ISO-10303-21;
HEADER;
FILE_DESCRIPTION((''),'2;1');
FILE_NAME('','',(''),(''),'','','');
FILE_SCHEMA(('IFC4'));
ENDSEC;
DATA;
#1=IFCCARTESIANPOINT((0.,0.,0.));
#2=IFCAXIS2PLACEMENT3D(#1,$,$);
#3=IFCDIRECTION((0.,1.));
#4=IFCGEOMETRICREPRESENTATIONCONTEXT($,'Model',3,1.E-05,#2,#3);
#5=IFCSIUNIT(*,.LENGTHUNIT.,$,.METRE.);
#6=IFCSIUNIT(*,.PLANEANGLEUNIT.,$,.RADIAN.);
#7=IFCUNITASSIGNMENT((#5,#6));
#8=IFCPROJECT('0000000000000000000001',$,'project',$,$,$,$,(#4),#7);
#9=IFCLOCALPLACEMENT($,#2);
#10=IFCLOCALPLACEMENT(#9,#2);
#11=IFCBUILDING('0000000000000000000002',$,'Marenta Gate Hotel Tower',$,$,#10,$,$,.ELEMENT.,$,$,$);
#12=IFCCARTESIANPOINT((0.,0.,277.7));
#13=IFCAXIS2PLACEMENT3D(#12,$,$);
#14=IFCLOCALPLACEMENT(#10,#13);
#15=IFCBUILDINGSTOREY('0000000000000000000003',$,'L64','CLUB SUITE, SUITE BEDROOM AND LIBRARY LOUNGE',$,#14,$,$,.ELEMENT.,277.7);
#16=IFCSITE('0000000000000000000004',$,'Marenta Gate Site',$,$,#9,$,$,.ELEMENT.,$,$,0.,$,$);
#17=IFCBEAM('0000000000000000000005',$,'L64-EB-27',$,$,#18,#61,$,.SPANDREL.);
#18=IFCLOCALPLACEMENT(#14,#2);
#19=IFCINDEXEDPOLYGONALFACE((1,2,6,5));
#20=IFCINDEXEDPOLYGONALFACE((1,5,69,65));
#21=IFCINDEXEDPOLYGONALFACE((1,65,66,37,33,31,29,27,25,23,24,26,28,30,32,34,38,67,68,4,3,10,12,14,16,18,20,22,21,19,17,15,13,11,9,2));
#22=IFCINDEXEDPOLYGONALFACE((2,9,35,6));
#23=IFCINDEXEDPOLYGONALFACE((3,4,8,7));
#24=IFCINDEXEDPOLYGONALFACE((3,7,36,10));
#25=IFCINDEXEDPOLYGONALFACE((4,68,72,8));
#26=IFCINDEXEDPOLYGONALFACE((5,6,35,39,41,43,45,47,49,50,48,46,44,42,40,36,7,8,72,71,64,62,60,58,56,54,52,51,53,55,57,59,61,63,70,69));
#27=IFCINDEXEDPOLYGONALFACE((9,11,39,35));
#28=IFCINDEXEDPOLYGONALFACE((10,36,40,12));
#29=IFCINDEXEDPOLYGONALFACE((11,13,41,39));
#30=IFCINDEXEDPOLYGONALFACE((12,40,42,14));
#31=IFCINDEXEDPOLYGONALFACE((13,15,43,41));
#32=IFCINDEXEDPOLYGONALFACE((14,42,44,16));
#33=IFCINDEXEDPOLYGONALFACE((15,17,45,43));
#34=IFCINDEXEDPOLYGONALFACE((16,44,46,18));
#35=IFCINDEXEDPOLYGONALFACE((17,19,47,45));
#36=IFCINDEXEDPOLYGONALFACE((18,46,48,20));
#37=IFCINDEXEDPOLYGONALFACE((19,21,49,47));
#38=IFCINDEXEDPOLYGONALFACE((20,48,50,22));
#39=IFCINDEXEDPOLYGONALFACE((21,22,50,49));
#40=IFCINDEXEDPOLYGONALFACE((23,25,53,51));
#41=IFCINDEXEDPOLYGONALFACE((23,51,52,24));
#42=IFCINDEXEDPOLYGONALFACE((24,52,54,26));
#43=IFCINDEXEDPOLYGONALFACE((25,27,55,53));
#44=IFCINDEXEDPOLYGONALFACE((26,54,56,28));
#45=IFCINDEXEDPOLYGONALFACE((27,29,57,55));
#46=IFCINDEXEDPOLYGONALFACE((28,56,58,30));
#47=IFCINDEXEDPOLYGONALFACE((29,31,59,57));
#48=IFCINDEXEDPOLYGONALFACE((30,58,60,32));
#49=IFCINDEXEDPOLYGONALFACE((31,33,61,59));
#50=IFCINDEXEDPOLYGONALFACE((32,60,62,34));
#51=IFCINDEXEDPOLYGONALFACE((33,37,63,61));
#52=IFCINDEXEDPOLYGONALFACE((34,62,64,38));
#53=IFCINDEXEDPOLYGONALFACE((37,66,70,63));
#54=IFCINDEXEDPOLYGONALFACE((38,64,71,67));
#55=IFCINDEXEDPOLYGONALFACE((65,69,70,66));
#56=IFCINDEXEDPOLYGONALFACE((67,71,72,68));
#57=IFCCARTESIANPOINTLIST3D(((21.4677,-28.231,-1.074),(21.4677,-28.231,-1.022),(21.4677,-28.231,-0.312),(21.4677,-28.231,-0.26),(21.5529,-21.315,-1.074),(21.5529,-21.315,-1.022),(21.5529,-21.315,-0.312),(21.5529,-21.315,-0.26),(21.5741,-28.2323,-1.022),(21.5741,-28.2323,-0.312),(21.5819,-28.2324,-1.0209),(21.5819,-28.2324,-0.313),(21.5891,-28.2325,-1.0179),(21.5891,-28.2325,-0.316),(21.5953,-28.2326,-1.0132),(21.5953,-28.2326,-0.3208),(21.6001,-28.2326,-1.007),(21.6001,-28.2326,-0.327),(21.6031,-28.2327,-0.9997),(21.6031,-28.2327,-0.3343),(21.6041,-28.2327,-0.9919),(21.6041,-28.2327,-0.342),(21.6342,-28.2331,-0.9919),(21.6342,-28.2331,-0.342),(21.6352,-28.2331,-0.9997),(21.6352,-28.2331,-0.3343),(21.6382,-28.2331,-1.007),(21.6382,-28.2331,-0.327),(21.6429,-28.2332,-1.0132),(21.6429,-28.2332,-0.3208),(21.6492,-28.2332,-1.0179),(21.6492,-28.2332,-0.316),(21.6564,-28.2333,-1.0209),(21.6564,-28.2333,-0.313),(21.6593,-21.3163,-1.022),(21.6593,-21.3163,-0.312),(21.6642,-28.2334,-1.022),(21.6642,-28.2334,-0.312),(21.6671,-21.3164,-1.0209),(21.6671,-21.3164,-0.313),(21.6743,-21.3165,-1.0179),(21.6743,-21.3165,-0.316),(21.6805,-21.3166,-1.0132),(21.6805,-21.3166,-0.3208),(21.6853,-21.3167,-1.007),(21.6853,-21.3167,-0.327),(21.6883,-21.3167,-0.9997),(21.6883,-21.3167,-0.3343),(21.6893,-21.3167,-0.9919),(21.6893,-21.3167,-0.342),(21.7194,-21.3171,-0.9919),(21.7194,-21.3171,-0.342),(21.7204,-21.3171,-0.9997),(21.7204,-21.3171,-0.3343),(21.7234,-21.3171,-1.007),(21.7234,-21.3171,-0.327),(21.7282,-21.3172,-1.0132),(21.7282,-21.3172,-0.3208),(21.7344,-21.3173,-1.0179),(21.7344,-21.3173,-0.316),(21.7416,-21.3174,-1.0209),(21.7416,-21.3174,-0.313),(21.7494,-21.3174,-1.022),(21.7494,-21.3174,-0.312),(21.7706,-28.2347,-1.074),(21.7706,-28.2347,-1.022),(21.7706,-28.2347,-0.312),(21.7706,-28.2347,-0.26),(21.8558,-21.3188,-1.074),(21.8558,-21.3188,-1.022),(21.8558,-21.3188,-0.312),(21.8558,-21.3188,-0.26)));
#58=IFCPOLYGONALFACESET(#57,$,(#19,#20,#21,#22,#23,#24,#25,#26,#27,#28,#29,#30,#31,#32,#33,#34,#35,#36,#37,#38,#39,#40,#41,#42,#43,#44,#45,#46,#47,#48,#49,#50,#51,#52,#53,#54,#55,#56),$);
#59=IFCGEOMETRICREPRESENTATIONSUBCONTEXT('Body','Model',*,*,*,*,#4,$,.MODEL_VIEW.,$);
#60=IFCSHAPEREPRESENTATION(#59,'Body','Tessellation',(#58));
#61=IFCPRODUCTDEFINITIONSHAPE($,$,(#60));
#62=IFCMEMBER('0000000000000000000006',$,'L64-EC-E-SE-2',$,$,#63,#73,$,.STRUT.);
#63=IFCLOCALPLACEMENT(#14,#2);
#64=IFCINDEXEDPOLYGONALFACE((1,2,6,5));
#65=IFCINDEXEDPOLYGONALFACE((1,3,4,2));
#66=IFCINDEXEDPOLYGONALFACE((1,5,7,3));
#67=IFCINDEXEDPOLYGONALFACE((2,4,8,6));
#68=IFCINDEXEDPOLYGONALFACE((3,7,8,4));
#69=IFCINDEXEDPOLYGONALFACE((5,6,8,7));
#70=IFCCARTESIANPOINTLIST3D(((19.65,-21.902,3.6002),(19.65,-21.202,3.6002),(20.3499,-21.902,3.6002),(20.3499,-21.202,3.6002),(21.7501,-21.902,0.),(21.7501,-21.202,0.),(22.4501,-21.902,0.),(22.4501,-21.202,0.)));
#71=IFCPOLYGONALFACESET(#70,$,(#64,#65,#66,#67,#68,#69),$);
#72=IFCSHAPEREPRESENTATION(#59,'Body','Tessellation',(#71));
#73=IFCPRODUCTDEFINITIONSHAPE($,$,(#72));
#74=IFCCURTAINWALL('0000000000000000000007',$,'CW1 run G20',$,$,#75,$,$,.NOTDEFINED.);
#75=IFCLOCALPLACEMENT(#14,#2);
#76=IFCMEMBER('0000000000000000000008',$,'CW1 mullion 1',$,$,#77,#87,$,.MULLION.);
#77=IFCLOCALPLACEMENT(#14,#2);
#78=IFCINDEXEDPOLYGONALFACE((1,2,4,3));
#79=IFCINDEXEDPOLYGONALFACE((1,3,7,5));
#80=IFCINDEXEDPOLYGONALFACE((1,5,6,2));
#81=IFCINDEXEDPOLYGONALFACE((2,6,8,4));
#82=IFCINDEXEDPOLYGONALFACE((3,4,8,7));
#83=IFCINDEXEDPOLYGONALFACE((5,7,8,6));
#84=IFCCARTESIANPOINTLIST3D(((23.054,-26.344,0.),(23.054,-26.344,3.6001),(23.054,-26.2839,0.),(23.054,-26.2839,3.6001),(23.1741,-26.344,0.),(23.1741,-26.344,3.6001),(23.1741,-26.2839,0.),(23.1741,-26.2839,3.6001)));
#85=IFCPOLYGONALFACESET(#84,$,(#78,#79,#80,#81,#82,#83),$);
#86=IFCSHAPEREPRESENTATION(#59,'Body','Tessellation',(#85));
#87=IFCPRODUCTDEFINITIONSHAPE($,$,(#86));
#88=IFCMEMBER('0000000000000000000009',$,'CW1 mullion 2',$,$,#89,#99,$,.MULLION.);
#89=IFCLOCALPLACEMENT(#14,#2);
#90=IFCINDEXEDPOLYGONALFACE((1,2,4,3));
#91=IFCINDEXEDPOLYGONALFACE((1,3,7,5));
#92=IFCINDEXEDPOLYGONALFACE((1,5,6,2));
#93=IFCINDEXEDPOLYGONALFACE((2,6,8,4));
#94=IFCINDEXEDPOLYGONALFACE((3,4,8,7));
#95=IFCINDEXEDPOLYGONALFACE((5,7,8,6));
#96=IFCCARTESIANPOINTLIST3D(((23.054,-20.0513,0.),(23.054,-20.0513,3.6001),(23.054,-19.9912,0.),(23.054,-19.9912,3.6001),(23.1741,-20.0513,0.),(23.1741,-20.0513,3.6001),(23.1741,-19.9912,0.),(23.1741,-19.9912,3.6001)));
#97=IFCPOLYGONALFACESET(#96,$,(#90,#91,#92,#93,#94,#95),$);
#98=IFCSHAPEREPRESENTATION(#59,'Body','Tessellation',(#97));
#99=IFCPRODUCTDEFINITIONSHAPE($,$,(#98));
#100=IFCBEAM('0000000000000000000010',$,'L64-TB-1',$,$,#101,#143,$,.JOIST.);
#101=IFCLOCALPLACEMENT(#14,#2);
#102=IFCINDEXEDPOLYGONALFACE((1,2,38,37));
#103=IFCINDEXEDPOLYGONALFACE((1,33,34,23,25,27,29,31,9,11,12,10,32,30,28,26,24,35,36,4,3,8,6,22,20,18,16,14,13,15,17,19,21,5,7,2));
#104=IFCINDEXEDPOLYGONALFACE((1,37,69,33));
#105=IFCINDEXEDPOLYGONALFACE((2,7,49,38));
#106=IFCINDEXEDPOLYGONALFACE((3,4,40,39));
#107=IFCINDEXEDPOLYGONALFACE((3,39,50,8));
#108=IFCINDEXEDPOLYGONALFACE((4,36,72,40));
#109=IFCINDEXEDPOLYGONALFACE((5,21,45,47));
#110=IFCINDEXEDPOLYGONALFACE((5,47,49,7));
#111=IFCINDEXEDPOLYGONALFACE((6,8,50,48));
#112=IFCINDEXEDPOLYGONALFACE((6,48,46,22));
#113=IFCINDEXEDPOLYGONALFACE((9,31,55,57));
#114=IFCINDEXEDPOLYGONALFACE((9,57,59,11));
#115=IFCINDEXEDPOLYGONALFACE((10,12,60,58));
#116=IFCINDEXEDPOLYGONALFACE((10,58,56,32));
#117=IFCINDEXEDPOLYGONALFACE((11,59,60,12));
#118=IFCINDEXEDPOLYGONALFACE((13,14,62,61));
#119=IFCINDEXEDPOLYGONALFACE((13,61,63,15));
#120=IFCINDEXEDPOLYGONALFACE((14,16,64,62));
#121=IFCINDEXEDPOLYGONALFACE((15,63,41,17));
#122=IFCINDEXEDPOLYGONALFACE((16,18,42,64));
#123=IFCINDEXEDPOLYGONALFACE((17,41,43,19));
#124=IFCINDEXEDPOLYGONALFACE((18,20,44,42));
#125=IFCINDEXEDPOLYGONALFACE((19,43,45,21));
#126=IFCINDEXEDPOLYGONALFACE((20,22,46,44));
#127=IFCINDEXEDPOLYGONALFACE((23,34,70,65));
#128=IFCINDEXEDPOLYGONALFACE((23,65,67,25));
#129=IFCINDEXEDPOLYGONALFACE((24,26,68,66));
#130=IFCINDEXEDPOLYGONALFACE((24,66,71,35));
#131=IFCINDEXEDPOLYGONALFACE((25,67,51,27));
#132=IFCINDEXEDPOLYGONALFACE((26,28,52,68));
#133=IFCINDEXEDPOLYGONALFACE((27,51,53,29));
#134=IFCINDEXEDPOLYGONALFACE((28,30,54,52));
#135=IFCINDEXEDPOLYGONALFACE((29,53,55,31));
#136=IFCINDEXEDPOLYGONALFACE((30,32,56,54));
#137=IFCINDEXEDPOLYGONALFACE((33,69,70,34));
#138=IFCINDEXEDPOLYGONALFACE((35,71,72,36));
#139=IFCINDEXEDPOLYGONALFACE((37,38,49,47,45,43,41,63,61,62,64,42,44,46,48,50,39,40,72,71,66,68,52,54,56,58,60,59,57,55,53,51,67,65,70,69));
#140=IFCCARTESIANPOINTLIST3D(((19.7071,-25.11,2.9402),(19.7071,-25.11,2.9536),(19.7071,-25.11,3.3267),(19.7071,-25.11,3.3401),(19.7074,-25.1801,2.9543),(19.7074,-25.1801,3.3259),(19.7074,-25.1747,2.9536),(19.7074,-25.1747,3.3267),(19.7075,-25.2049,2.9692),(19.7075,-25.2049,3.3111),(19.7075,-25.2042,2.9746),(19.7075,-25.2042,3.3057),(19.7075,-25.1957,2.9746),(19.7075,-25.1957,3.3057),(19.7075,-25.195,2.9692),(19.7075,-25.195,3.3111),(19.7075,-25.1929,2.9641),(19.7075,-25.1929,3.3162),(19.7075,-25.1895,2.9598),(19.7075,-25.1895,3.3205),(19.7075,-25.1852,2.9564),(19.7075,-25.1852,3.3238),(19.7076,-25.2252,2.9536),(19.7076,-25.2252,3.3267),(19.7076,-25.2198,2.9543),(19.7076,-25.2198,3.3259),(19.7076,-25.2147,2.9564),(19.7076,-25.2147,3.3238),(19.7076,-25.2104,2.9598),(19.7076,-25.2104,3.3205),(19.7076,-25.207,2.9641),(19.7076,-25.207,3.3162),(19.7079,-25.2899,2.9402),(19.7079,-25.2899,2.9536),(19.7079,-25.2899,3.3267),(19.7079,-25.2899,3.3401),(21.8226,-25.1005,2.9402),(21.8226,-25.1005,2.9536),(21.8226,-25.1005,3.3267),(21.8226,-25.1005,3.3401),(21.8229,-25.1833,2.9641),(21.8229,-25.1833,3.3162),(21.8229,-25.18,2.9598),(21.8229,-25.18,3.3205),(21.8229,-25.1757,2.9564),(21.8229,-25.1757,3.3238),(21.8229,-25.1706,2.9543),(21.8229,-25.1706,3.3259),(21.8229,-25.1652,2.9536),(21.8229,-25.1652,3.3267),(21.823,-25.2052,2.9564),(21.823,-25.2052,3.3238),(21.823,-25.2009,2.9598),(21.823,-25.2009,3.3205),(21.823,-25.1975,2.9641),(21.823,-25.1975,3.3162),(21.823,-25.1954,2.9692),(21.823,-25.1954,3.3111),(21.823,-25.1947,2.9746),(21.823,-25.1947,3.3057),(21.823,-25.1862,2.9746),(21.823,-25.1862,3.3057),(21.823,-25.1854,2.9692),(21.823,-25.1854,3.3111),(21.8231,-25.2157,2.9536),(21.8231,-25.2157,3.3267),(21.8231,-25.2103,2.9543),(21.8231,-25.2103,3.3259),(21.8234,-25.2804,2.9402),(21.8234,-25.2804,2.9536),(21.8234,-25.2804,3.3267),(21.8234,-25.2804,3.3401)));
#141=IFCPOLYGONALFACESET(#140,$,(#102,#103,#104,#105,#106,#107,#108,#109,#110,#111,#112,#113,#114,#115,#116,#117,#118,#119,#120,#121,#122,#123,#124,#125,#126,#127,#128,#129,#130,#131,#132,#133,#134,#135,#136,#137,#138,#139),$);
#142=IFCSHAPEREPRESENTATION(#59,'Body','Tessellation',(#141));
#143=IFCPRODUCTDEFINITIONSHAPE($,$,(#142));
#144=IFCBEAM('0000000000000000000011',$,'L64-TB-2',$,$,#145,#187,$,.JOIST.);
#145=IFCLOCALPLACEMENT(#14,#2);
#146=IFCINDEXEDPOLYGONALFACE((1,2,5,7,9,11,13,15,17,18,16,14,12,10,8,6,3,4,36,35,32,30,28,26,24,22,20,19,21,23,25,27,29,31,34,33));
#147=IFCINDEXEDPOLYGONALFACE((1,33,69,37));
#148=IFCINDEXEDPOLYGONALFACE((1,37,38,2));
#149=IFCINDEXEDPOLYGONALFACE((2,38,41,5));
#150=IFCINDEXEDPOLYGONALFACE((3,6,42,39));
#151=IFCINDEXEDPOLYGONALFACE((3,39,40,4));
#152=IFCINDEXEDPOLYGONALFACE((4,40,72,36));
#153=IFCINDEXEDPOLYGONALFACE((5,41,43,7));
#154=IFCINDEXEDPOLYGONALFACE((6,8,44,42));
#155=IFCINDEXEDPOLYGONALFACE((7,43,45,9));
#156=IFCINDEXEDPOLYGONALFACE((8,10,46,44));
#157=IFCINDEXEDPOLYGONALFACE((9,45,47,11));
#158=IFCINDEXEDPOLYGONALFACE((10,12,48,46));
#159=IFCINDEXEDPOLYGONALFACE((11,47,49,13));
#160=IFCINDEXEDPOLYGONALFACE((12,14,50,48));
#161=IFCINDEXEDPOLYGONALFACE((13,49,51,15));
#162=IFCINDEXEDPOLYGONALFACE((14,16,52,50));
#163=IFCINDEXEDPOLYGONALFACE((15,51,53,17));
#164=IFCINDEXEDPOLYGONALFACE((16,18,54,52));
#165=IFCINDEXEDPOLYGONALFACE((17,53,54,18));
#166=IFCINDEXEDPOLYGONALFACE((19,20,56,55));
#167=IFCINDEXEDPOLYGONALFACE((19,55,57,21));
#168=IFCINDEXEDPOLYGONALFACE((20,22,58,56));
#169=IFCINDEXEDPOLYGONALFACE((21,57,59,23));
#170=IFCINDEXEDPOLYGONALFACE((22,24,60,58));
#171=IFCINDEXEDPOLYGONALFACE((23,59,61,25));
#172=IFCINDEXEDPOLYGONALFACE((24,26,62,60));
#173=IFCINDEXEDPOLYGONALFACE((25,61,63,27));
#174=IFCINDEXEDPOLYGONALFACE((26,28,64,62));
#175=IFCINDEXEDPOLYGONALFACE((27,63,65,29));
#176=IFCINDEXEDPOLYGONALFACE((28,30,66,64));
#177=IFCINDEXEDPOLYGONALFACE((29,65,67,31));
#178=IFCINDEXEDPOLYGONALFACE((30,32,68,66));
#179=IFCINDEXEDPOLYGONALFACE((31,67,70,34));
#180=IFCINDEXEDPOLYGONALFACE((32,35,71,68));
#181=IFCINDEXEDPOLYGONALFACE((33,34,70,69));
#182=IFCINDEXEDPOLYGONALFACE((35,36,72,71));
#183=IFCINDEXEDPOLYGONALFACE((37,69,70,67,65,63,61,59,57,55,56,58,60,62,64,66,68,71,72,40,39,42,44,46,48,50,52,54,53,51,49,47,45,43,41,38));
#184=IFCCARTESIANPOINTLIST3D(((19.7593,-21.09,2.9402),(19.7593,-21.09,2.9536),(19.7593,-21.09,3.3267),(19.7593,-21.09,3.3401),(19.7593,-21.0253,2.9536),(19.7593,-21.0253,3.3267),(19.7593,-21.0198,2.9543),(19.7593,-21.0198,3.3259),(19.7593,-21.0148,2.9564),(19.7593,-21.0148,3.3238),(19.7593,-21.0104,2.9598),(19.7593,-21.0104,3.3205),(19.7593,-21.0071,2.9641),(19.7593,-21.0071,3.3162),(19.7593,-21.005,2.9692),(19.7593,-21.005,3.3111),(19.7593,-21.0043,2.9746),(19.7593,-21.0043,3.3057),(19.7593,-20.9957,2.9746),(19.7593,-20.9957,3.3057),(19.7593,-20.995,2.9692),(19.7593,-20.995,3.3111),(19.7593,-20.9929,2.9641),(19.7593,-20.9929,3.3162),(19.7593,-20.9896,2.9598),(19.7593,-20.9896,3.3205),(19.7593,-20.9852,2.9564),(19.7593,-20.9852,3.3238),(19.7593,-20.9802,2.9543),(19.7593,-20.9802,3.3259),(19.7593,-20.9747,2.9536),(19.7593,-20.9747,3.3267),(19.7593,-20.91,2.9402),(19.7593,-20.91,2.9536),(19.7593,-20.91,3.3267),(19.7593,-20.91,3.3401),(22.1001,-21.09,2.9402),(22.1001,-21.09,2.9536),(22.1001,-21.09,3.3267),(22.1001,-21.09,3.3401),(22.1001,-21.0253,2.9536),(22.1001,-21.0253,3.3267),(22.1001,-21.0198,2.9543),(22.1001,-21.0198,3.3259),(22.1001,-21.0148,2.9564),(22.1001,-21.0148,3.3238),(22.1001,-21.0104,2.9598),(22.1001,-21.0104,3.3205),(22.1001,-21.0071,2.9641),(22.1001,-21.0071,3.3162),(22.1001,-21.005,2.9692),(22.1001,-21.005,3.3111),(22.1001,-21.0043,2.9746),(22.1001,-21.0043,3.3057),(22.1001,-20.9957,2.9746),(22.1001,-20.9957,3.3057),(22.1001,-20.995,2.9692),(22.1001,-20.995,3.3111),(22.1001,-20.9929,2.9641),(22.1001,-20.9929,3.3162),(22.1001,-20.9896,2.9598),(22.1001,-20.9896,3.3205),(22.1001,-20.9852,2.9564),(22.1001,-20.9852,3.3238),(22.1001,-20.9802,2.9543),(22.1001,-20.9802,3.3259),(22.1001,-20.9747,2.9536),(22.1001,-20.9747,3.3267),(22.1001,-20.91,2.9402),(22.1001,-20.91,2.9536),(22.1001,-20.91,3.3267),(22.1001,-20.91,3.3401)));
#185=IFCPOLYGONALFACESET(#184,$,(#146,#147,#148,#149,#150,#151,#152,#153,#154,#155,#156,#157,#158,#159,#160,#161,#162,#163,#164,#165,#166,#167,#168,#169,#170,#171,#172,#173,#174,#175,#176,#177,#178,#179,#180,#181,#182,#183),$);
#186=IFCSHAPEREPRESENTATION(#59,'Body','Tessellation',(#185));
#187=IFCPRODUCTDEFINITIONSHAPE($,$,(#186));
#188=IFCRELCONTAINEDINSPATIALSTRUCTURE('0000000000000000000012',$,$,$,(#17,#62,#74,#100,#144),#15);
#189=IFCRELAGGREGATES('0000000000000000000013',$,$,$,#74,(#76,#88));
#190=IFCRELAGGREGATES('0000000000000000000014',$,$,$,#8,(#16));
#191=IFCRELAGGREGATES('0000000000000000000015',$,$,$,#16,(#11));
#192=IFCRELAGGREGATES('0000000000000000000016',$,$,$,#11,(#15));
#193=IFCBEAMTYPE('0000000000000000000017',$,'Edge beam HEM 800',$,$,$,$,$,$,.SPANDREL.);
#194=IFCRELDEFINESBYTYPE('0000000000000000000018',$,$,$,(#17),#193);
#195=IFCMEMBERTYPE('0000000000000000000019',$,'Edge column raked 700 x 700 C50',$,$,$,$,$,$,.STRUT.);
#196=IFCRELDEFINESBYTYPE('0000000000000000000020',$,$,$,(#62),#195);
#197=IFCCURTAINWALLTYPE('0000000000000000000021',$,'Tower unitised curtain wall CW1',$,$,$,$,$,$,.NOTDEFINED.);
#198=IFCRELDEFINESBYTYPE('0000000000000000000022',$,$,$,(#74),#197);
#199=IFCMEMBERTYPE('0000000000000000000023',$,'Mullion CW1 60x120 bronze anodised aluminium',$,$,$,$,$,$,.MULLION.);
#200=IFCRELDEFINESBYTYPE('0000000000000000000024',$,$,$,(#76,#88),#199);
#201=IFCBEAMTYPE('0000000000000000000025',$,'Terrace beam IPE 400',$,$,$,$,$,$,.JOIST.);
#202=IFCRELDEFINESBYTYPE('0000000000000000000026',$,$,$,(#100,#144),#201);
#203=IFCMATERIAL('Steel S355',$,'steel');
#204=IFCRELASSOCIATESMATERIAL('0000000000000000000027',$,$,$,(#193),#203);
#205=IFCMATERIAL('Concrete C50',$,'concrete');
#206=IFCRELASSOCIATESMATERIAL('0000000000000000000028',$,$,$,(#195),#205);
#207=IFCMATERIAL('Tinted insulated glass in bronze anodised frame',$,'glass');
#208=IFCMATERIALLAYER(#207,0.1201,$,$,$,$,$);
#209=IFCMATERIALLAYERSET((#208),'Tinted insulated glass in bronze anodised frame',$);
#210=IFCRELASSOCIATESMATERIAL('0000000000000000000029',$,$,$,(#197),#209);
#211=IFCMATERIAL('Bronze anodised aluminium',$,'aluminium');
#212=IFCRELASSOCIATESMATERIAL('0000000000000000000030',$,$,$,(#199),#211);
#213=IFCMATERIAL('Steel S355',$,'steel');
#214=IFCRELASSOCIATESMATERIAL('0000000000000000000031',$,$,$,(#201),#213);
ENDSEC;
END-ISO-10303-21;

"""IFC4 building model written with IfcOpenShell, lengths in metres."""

from ifc_helpers import new_model, si_unit, direction, frame, origin, origin_2d, place, context, subcontext, project, spatial, rectangle, i_section, extrude, material, layer, layer_set, material_profile, profile_set, type_object, element, aggregate, save


model = new_model("IFC4")

# Units and contexts
model_context = context("Model", 3, precision=1e-05, world=origin(), true_north=direction((0.0, 1.0)))
body_context = subcontext(model_context, "Body", "Model", "MODEL_VIEW")
ifc_project = project(units=[si_unit("LENGTHUNIT", "METRE"), si_unit("PLANEANGLEUNIT", "RADIAN")], contexts=[model_context])

# Site, building, storey
site_placement = place(None, origin())
site = spatial("IfcSite", under=ifc_project, at=site_placement, Name="Marenta Gate Site", CompositionType="ELEMENT", RefElevation=0.0)
building_placement = place(site_placement, origin())
building = spatial("IfcBuilding", under=site, at=building_placement, Name="Marenta Gate Hotel Tower", CompositionType="ELEMENT")
storey_placement = place(building_placement, frame((0.0, 0.0, 277.7)))
storey = spatial("IfcBuildingStorey", under=building, at=storey_placement, Name="L64", Description="CLUB SUITE, SUITE BEDROOM AND LIBRARY LOUNGE", CompositionType="ELEMENT", Elevation=277.7)

# Beam
ifc_material_1 = material(Name="Steel S355", Category="steel")
ifc_material_profile_1 = material_profile(ifc_material_1, i_section(OverallWidth=0.303, OverallDepth=0.814, WebThickness=0.03, FlangeThickness=0.052, FilletRadius=0.03, at=origin_2d()), Name="HEM 800")
ifc_profile_set_1 = profile_set([ifc_material_profile_1], Name="Steel S355")
beam_type_1 = type_object("IfcBeamType", Name="Edge beam HEM 800", PredefinedType="SPANDREL", material=ifc_profile_set_1)
beam_1_placement = place(storey_placement, frame((21.7043, -21.3169, -0.667), z_axis=(-0.012319, -0.999924, 0.0), x_axis=(0.999924, -0.012319, 0.0)))
element("IfcBeam", 1, at=beam_1_placement, inside=storey, type_object=beam_type_1, Name="L64-EB-27", PredefinedType="SPANDREL", context=body_context, shape_type="SweptSolid", body=[
    extrude(i_section(OverallWidth=0.303, OverallDepth=0.814, WebThickness=0.03, FlangeThickness=0.052, FilletRadius=0.03, at=origin_2d()), origin(), (0.0, 0.0, 1.0), 6.9165),
])

# Member
ifc_material_2 = material(Name="Concrete C50", Category="concrete")
ifc_material_profile_2 = material_profile(ifc_material_2, rectangle(XDim=0.7, YDim=0.7, at=origin_2d()), Name="700 x 700")
ifc_profile_set_2 = profile_set([ifc_material_profile_2], Name="Concrete C50")
member_type_1 = type_object("IfcMemberType", Name="Edge column raked 700 x 700 C50", PredefinedType="STRUT", material=ifc_profile_set_2)
member_1_placement = place(storey_placement, frame((22.1001, -21.552, 0.0), z_axis=(0.0, 0.0, 1.0), x_axis=(1.0, 0.0, 0.0)))
element("IfcMember", 2, at=member_1_placement, inside=storey, type_object=member_type_1, Name="L64-EC-E-SE-2", PredefinedType="STRUT", context=body_context, shape_type="SweptSolid", body=[
    extrude(rectangle(XDim=0.7, YDim=0.7, at=origin_2d()), origin(), (-0.503878, 0.0, 0.863775), 4.168),
])

# Curtain wall, members
ifc_material_3 = material(Name="Tinted insulated glass in bronze anodised frame", Category="glass")
ifc_layer_1 = layer(ifc_material_3, 0.1201)
ifc_layer_set_1 = layer_set([ifc_layer_1], Name="Tinted insulated glass in bronze anodised frame")
curtain_wall_type = type_object("IfcCurtainWallType", Name="Tower unitised curtain wall CW1", PredefinedType="NOTDEFINED", material=ifc_layer_set_1)
curtain_wall_placement = place(storey_placement, origin())
curtain_wall = element("IfcCurtainWall", 3, at=curtain_wall_placement, inside=storey, type_object=curtain_wall_type, Name="CW1 run G20", PredefinedType="NOTDEFINED")
ifc_material_4 = material(Name="Bronze anodised aluminium", Category="aluminium")
ifc_material_profile_3 = material_profile(ifc_material_4, rectangle(XDim=0.1201, YDim=0.0601, at=origin_2d()), Name="Mullion CW1 60x120 bronze anodised aluminium")
ifc_profile_set_3 = profile_set([ifc_material_profile_3], Name="Bronze anodised aluminium")
member_type_2 = type_object("IfcMemberType", Name="Mullion CW1 60x120 bronze anodised aluminium", PredefinedType="MULLION", material=ifc_profile_set_3)
member_2_placement = place(storey_placement, frame((23.114, -26.314, 0.0), z_axis=(0.0, 0.0, 1.0), x_axis=(-1.0, 0.0, 0.0)))
member_2 = element("IfcMember", 4, at=member_2_placement, type_object=member_type_2, Name="CW1 mullion 1", PredefinedType="MULLION", context=body_context, shape_type="SweptSolid", body=[
    extrude(rectangle(XDim=0.1201, YDim=0.0601, at=origin_2d()), origin(), (0.0, 0.0, 1.0), 3.6001),
])
member_3_placement = place(storey_placement, frame((23.114, -20.0212, 0.0), z_axis=(0.0, 0.0, 1.0), x_axis=(-1.0, 0.0, 0.0)))
member_3 = element("IfcMember", 5, at=member_3_placement, type_object=member_type_2, Name="CW1 mullion 2", PredefinedType="MULLION", context=body_context, shape_type="SweptSolid", body=[
    extrude(rectangle(XDim=0.1201, YDim=0.0601, at=origin_2d()), origin(), (0.0, 0.0, 1.0), 3.6001),
])

# Beams
ifc_material_5 = material(Name="Steel S355", Category="steel")
ifc_material_profile_4 = material_profile(ifc_material_5, i_section(OverallWidth=0.1799, OverallDepth=0.3999, WebThickness=0.0085, FlangeThickness=0.0134, FilletRadius=0.021, at=origin_2d()), Name="IPE 400")
ifc_profile_set_4 = profile_set([ifc_material_profile_4], Name="Steel S355")
beam_type_2 = type_object("IfcBeamType", Name="Terrace beam IPE 400", PredefinedType="JOIST", material=ifc_profile_set_4)
beam_2_placement = place(storey_placement, frame((19.7075, -25.2, 3.1401), z_axis=(0.99999, 0.004501, 0.0), x_axis=(-0.004501, 0.99999, 0.0)))
element("IfcBeam", 6, at=beam_2_placement, inside=storey, type_object=beam_type_2, Name="L64-TB-1", PredefinedType="JOIST", context=body_context, shape_type="SweptSolid", body=[
    extrude(i_section(OverallWidth=0.1799, OverallDepth=0.3999, WebThickness=0.0085, FlangeThickness=0.0134, FilletRadius=0.021, at=origin_2d()), origin(), (0.0, 0.0, 1.0), 2.1155),
])
beam_3_placement = place(storey_placement, frame((19.7593, -21.0, 3.1401), z_axis=(1.0, 0.0, 0.0), x_axis=(0.0, 1.0, 0.0)))
element("IfcBeam", 7, at=beam_3_placement, inside=storey, type_object=beam_type_2, Name="L64-TB-2", PredefinedType="JOIST", context=body_context, shape_type="SweptSolid", body=[
    extrude(i_section(OverallWidth=0.1799, OverallDepth=0.3999, WebThickness=0.0085, FlangeThickness=0.0134, FilletRadius=0.021, at=origin_2d()), origin(), (0.0, 0.0, 1.0), 2.3408),
])

aggregate(curtain_wall, [member_2, member_3])

save(model, "model.ifc")
